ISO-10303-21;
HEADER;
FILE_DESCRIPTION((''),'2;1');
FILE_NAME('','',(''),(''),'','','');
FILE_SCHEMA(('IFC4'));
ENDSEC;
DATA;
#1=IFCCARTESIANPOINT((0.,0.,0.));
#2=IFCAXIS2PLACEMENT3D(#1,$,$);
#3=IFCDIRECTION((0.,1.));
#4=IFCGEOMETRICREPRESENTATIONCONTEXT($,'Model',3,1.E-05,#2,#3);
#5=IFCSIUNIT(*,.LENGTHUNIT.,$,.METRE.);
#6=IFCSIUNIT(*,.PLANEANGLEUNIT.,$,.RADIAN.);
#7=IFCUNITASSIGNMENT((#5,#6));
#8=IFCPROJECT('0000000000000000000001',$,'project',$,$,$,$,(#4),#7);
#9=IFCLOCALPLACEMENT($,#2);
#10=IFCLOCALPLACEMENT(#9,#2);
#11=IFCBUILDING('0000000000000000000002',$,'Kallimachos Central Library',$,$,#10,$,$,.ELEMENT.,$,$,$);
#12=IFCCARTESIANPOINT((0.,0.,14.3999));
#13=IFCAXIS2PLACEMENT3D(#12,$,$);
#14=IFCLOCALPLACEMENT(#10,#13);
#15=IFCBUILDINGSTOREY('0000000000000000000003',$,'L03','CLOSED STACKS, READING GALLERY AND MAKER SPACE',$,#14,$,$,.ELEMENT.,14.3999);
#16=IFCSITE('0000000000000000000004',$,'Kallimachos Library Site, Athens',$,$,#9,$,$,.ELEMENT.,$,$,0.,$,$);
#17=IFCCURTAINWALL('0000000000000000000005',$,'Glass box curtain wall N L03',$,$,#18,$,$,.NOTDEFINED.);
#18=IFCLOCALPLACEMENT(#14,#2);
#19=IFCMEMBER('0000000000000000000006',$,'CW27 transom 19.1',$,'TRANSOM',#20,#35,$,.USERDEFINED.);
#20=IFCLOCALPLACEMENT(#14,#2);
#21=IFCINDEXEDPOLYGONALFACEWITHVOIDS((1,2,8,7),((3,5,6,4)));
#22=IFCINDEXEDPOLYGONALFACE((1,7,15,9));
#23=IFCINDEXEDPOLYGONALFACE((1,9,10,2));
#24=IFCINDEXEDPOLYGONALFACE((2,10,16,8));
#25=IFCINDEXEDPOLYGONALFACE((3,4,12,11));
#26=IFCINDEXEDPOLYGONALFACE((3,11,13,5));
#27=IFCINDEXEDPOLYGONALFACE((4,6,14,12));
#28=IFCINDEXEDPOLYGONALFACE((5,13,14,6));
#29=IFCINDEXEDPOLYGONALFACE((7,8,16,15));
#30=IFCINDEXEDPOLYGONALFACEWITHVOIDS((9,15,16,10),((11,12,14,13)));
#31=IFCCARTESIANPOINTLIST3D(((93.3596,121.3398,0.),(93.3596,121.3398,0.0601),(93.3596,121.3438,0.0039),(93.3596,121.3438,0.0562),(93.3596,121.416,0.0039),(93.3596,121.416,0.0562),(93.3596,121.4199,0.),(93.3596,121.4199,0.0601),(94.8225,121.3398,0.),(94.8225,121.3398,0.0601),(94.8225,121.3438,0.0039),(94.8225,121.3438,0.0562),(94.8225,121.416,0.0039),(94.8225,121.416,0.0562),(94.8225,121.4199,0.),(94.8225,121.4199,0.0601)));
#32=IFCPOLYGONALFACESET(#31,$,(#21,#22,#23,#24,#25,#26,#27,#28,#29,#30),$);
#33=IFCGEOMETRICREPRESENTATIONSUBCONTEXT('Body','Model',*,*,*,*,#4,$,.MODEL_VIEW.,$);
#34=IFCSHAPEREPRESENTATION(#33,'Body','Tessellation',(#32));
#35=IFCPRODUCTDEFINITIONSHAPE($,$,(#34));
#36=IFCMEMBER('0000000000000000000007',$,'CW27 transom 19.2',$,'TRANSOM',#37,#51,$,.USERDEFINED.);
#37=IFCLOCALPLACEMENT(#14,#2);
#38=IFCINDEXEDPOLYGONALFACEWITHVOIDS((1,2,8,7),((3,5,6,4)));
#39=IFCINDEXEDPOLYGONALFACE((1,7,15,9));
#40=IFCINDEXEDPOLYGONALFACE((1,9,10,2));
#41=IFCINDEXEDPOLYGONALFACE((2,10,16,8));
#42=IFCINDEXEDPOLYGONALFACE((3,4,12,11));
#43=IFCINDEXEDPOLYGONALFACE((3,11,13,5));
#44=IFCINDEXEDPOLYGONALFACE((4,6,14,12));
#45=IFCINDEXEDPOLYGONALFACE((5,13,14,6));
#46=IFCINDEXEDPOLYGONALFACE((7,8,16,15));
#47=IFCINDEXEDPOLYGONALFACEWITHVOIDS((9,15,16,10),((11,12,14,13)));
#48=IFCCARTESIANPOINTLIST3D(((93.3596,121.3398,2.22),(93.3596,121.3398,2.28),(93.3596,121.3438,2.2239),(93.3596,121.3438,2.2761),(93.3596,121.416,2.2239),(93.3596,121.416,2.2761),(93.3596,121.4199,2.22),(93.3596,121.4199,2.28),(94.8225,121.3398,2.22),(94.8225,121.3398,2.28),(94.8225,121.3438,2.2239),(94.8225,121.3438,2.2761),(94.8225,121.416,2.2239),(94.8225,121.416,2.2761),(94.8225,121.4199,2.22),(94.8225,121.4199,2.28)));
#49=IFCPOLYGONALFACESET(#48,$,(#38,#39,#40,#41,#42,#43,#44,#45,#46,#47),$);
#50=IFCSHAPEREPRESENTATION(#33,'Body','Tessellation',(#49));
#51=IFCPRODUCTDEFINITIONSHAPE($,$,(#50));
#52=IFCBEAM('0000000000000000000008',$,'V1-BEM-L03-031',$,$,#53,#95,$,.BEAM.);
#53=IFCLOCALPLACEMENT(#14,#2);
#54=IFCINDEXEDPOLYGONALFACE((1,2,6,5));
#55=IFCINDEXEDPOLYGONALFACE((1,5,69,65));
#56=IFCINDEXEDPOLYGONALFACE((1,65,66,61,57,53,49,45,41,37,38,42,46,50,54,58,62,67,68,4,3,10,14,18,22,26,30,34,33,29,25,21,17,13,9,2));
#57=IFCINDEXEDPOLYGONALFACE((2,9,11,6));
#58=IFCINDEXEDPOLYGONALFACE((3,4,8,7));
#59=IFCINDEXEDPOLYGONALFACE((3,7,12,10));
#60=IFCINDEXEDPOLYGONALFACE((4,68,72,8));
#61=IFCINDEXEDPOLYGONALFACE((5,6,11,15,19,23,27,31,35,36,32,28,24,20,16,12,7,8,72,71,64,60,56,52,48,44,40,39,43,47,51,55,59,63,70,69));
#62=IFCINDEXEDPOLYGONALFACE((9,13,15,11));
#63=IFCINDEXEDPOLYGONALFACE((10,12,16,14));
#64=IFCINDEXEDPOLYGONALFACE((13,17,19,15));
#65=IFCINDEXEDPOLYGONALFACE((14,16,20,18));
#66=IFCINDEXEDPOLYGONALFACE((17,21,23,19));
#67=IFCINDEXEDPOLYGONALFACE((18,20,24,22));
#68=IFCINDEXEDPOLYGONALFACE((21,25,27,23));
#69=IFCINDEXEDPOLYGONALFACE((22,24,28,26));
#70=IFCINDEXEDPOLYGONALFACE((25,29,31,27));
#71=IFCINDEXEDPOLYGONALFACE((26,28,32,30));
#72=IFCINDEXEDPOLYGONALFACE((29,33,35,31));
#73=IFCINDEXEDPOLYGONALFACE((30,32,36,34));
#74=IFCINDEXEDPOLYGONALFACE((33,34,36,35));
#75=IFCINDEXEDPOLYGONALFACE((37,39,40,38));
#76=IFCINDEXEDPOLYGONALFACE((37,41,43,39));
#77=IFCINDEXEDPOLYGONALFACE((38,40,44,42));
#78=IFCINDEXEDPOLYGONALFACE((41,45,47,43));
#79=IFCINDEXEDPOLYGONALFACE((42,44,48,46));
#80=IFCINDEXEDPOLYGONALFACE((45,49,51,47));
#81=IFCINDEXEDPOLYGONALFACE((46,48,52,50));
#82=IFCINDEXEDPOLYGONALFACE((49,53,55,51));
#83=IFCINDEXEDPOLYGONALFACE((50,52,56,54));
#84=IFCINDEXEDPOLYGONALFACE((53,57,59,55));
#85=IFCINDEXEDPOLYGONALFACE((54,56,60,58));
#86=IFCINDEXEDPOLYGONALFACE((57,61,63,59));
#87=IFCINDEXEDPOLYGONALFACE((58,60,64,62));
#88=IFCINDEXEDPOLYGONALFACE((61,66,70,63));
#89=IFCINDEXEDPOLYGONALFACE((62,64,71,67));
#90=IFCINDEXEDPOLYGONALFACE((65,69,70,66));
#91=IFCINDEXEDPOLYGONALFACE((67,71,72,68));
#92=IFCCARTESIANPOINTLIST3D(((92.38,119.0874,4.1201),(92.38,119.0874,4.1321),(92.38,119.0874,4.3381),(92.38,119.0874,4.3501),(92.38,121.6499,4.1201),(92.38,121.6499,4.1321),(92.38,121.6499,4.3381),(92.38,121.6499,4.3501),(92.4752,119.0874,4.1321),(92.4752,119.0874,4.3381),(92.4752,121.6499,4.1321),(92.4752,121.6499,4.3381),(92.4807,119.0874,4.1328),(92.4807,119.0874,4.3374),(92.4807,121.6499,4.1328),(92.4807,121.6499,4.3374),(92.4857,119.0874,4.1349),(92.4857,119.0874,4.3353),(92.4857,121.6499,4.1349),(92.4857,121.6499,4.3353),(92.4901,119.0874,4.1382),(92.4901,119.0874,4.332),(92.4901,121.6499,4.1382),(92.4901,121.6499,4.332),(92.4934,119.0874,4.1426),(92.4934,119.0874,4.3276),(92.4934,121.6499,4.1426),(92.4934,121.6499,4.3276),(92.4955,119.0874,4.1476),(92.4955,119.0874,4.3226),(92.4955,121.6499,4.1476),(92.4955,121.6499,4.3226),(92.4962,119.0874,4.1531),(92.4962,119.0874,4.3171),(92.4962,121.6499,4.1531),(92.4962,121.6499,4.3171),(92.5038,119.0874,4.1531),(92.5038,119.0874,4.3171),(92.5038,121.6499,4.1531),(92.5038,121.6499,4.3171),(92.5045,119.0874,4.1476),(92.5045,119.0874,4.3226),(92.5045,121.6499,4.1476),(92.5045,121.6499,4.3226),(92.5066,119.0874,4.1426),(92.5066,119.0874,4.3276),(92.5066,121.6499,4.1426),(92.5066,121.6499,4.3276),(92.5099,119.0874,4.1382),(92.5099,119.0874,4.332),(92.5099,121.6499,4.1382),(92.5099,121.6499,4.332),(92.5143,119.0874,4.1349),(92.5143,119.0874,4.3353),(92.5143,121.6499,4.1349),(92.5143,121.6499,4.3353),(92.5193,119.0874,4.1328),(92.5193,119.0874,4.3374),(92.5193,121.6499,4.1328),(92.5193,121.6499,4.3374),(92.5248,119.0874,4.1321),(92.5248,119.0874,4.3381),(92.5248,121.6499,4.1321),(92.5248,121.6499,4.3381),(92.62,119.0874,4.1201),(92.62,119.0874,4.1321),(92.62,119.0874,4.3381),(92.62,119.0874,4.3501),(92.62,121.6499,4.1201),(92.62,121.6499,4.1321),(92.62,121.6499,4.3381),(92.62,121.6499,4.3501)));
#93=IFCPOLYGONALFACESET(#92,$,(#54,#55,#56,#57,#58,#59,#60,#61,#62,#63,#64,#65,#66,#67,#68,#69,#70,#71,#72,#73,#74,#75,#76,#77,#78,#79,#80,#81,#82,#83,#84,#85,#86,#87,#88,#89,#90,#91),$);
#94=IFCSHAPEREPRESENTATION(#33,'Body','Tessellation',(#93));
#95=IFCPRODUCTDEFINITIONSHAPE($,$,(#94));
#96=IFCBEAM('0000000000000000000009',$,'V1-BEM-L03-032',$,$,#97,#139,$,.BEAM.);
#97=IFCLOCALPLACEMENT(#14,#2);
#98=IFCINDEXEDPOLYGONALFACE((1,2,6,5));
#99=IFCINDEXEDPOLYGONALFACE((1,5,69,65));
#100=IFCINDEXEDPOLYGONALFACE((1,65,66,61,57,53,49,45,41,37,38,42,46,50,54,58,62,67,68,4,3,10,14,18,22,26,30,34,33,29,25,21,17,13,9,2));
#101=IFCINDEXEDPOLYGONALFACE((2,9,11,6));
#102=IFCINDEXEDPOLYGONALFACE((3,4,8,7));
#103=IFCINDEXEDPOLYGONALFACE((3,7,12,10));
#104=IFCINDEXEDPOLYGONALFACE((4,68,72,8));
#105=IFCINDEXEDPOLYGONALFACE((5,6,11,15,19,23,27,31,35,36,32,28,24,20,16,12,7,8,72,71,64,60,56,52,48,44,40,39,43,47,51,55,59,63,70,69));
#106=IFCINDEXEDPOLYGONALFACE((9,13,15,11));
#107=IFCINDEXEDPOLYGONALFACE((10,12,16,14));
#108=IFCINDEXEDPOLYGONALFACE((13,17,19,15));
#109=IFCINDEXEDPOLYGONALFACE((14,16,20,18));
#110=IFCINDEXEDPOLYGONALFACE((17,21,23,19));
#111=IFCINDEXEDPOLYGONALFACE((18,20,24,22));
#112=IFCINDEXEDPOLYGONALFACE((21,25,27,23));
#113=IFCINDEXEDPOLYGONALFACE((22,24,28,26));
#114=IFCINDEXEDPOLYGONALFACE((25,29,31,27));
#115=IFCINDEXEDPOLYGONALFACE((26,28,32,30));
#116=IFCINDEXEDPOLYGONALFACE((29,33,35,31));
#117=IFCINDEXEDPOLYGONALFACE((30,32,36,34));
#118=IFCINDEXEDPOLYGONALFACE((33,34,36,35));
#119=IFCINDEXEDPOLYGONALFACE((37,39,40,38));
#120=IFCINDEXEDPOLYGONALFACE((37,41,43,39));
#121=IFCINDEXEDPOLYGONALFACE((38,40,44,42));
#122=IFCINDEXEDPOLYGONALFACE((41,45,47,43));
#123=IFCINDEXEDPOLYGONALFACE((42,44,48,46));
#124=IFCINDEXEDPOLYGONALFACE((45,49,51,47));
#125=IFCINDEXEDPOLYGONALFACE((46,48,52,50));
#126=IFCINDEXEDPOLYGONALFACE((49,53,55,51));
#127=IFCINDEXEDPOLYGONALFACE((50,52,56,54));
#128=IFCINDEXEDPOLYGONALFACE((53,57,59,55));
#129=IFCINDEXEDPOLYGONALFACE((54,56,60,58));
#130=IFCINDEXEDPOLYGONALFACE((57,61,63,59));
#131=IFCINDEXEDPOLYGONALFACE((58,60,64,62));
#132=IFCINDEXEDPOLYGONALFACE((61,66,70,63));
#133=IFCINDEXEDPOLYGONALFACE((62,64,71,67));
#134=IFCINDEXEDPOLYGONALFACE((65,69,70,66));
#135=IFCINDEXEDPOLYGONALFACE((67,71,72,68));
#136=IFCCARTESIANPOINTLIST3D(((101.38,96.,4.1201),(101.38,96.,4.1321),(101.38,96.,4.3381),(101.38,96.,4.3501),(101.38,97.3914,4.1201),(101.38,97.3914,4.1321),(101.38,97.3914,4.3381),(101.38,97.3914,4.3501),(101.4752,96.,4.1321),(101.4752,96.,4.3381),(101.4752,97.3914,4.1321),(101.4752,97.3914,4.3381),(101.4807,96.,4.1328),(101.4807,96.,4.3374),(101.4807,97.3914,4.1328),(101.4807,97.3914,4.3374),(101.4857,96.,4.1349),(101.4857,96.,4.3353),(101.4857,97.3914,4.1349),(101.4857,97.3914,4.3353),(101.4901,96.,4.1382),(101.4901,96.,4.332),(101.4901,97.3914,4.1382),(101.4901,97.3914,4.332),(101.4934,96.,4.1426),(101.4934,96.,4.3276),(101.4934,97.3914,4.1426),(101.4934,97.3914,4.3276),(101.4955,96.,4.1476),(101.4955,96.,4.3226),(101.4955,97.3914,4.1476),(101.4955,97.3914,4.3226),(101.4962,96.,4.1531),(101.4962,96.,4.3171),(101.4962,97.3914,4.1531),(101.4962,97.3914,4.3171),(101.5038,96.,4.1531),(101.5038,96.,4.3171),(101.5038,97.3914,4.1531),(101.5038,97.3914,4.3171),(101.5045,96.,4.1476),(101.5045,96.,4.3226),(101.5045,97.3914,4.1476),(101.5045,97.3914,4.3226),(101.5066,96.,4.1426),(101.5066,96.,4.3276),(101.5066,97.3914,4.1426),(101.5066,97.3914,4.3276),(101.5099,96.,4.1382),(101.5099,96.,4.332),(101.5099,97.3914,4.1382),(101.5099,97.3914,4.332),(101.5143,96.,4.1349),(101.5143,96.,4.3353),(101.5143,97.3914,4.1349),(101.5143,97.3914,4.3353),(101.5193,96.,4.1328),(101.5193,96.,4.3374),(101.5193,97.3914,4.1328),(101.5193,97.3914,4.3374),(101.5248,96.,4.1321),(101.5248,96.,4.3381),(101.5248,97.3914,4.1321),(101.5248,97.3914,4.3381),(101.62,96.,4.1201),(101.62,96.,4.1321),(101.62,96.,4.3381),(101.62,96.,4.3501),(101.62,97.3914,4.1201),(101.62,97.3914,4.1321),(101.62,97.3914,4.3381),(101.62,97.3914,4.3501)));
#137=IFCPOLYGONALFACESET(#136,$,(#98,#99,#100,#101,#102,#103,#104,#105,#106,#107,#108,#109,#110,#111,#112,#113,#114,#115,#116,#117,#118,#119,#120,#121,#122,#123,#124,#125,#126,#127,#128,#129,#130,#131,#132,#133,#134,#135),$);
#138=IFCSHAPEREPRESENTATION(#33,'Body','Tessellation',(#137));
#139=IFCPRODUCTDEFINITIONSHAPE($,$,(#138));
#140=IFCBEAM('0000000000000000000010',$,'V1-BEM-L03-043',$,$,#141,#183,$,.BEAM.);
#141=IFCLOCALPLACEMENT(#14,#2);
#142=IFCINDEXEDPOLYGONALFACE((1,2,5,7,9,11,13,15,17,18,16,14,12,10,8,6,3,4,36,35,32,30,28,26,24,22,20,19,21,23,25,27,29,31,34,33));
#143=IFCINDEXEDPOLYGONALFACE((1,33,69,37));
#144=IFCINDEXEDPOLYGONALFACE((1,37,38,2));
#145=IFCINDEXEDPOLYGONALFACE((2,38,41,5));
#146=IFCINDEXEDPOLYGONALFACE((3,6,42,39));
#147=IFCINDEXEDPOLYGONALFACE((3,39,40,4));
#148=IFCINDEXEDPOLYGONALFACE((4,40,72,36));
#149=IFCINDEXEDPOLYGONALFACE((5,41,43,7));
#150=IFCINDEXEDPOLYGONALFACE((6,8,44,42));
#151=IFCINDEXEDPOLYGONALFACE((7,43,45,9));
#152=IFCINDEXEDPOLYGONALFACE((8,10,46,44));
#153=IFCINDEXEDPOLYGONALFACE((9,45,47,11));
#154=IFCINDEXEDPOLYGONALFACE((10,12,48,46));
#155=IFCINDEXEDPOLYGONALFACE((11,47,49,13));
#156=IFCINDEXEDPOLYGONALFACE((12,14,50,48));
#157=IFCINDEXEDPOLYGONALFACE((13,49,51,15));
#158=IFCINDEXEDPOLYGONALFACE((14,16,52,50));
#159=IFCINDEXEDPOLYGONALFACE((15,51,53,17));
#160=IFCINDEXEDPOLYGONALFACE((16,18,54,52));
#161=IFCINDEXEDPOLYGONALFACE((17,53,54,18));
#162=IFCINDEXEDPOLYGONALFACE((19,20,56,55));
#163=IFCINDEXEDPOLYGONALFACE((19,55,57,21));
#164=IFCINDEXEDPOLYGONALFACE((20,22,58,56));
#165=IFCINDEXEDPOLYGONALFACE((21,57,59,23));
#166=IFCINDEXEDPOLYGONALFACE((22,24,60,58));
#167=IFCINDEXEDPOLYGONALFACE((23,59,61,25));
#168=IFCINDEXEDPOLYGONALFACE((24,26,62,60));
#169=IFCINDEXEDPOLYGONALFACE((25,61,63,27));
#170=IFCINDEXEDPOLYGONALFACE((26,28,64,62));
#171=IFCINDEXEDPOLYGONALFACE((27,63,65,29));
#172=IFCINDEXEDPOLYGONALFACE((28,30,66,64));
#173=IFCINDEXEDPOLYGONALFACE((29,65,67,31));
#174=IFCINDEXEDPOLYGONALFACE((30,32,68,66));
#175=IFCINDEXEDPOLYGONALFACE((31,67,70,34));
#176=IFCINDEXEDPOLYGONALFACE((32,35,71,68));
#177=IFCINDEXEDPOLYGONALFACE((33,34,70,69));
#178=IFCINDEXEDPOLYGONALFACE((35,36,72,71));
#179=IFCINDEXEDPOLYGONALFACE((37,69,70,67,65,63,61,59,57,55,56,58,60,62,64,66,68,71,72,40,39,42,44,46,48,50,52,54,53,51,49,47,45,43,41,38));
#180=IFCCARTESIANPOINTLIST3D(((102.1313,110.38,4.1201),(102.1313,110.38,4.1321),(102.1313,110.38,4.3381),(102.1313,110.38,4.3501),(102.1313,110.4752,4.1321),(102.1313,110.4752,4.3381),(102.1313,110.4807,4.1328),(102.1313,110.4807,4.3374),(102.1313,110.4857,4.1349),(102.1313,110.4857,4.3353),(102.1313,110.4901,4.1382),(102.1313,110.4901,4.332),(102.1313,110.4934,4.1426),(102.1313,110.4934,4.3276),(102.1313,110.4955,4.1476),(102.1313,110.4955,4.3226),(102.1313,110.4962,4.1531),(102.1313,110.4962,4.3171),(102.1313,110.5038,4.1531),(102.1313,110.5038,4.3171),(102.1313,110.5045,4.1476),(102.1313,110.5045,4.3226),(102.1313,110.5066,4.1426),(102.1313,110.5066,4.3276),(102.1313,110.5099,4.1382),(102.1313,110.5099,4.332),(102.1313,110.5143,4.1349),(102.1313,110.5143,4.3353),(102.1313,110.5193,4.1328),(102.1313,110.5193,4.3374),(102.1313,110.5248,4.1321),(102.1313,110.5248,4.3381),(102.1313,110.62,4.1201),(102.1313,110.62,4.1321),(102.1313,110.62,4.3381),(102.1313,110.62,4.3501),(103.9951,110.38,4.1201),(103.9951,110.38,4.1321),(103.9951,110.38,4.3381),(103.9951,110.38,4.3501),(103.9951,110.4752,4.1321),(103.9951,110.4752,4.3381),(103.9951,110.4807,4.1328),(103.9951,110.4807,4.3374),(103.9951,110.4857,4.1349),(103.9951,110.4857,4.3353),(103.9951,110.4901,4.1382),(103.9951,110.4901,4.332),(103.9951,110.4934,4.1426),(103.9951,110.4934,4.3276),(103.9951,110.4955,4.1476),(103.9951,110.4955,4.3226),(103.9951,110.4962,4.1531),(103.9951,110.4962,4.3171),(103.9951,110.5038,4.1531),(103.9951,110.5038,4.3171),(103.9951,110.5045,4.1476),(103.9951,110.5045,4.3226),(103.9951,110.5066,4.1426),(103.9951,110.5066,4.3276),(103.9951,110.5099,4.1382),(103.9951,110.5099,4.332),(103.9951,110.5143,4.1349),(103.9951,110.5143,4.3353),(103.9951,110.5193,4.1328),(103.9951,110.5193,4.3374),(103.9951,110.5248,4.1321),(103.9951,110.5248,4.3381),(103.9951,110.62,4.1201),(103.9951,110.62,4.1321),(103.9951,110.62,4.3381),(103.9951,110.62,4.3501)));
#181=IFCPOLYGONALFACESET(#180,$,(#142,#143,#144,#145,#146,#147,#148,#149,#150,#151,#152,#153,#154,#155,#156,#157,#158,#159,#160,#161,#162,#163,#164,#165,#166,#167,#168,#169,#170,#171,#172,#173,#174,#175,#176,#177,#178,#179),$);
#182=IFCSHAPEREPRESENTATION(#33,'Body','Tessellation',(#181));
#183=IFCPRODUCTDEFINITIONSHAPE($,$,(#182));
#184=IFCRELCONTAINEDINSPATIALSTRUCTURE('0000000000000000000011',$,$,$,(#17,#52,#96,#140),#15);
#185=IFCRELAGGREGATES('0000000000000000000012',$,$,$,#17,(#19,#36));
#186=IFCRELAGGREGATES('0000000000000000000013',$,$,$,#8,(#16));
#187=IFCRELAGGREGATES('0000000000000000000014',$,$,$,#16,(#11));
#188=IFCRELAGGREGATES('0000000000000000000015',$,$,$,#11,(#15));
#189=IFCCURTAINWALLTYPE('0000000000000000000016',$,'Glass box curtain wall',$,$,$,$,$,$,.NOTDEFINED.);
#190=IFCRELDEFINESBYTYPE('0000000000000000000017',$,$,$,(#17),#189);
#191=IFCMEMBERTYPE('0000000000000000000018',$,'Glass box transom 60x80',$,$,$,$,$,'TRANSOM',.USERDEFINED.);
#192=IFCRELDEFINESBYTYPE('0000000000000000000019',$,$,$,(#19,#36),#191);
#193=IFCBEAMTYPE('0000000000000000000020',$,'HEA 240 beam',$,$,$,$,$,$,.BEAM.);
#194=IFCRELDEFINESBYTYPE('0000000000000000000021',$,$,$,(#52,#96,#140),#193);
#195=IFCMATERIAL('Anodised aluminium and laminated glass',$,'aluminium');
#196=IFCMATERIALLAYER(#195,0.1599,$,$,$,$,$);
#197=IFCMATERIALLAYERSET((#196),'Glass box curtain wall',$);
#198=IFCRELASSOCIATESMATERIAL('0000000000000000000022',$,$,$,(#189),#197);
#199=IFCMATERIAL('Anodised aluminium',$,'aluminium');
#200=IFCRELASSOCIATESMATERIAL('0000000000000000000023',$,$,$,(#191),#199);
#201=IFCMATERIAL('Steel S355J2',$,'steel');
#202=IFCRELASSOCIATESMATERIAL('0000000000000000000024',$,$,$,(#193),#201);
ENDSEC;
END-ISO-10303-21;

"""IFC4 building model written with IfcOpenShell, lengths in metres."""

from ifc_helpers import new_model, si_unit, direction, frame, origin, origin_2d, place, context, subcontext, project, spatial, hollow_rectangle, i_section, extrude, material, layer, layer_set, material_profile, profile_set, type_object, element, aggregate, save


model = new_model("IFC4")

# Units and contexts
model_context = context("Model", 3, precision=1e-05, world=origin(), true_north=direction((0.0, 1.0)))
body_context = subcontext(model_context, "Body", "Model", "MODEL_VIEW")
ifc_project = project(units=[si_unit("LENGTHUNIT", "METRE"), si_unit("PLANEANGLEUNIT", "RADIAN")], contexts=[model_context])

# Site, building, storey
site_placement = place(None, origin())
site = spatial("IfcSite", under=ifc_project, at=site_placement, Name="Kallimachos Library Site, Athens", CompositionType="ELEMENT", RefElevation=0.0)
building_placement = place(site_placement, origin())
building = spatial("IfcBuilding", under=site, at=building_placement, Name="Kallimachos Central Library", CompositionType="ELEMENT")
storey_placement = place(building_placement, frame((0.0, 0.0, 14.3999)))
storey = spatial("IfcBuildingStorey", under=building, at=storey_placement, Name="L03", Description="CLOSED STACKS, READING GALLERY AND MAKER SPACE", CompositionType="ELEMENT", Elevation=14.3999)

# Curtain wall, members
ifc_material_1 = material(Name="Anodised aluminium and laminated glass", Category="aluminium")
ifc_layer_1 = layer(ifc_material_1, 0.1599)
ifc_layer_set_1 = layer_set([ifc_layer_1], Name="Glass box curtain wall")
curtain_wall_type = type_object("IfcCurtainWallType", Name="Glass box curtain wall", PredefinedType="NOTDEFINED", material=ifc_layer_set_1)
curtain_wall_placement = place(storey_placement, origin())
curtain_wall = element("IfcCurtainWall", 1, at=curtain_wall_placement, inside=storey, type_object=curtain_wall_type, Name="Glass box curtain wall N L03", PredefinedType="NOTDEFINED")
ifc_material_2 = material(Name="Anodised aluminium", Category="aluminium")
ifc_material_profile_1 = material_profile(ifc_material_2, hollow_rectangle(XDim=0.0601, YDim=0.0801, WallThickness=0.0039, at=origin_2d()), Name="ALU TRANSOM 60x80")
ifc_profile_set_1 = profile_set([ifc_material_profile_1], Name="Anodised aluminium")
member_type_1 = type_object("IfcMemberType", Name="Glass box transom 60x80", ElementType="TRANSOM", PredefinedType="USERDEFINED", material=ifc_profile_set_1)
member_1_placement = place(storey_placement, frame((93.3596, 121.3799, 0.03), z_axis=(1.0, 0.0, 0.0), x_axis=(0.0, 0.0, 1.0)))
member_1 = element("IfcMember", 2, at=member_1_placement, type_object=member_type_1, Name="CW27 transom 19.1", ObjectType="TRANSOM", PredefinedType="USERDEFINED", context=body_context, shape_type="SweptSolid", body=[
    extrude(hollow_rectangle(XDim=0.0601, YDim=0.0801, WallThickness=0.0039, at=origin_2d()), origin(), (0.0, 0.0, 1.0), 1.4629),
])
member_2_placement = place(storey_placement, frame((93.3596, 121.3799, 2.25), z_axis=(1.0, 0.0, 0.0), x_axis=(0.0, 0.0, 1.0)))
member_2 = element("IfcMember", 3, at=member_2_placement, type_object=member_type_1, Name="CW27 transom 19.2", ObjectType="TRANSOM", PredefinedType="USERDEFINED", context=body_context, shape_type="SweptSolid", body=[
    extrude(hollow_rectangle(XDim=0.0601, YDim=0.0801, WallThickness=0.0039, at=origin_2d()), origin(), (0.0, 0.0, 1.0), 1.4629),
])

# Beams
ifc_material_3 = material(Name="Steel S355J2", Category="steel")
ifc_material_profile_2 = material_profile(ifc_material_3, i_section(OverallWidth=0.24, OverallDepth=0.23, WebThickness=0.0076, FlangeThickness=0.012, FilletRadius=0.021, at=origin_2d()), Name="HEA 240")
ifc_profile_set_2 = profile_set([ifc_material_profile_2], Name="Steel S355J2")
beam_type_1 = type_object("IfcBeamType", Name="HEA 240 beam", PredefinedType="BEAM", material=ifc_profile_set_2)
beam_1_placement = place(storey_placement, frame((92.5, 119.0874, 4.2351), z_axis=(0.0, 1.0, 0.0), x_axis=(-1.0, 0.0, 0.0)))
element("IfcBeam", 4, at=beam_1_placement, inside=storey, type_object=beam_type_1, Name="V1-BEM-L03-031", PredefinedType="BEAM", context=body_context, shape_type="SweptSolid", body=[
    extrude(i_section(OverallWidth=0.24, OverallDepth=0.23, WebThickness=0.0076, FlangeThickness=0.012, FilletRadius=0.021, at=origin_2d()), origin(), (0.0, 0.0, 1.0), 2.5625),
])
beam_2_placement = place(storey_placement, frame((101.5, 96.0, 4.2351), z_axis=(0.0, 1.0, 0.0), x_axis=(-1.0, 0.0, 0.0)))
element("IfcBeam", 5, at=beam_2_placement, inside=storey, type_object=beam_type_1, Name="V1-BEM-L03-032", PredefinedType="BEAM", context=body_context, shape_type="SweptSolid", body=[
    extrude(i_section(OverallWidth=0.24, OverallDepth=0.23, WebThickness=0.0076, FlangeThickness=0.012, FilletRadius=0.021, at=origin_2d()), origin(), (0.0, 0.0, 1.0), 1.3914),
])
beam_3_placement = place(storey_placement, frame((102.1313, 110.5, 4.2351), z_axis=(1.0, 0.0, 0.0), x_axis=(0.0, 1.0, 0.0)))
element("IfcBeam", 6, at=beam_3_placement, inside=storey, type_object=beam_type_1, Name="V1-BEM-L03-043", PredefinedType="BEAM", context=body_context, shape_type="SweptSolid", body=[
    extrude(i_section(OverallWidth=0.24, OverallDepth=0.23, WebThickness=0.0076, FlangeThickness=0.012, FilletRadius=0.021, at=origin_2d()), origin(), (0.0, 0.0, 1.0), 1.8638),
])

aggregate(curtain_wall, [member_1, member_2])

save(model, "model.ifc")
